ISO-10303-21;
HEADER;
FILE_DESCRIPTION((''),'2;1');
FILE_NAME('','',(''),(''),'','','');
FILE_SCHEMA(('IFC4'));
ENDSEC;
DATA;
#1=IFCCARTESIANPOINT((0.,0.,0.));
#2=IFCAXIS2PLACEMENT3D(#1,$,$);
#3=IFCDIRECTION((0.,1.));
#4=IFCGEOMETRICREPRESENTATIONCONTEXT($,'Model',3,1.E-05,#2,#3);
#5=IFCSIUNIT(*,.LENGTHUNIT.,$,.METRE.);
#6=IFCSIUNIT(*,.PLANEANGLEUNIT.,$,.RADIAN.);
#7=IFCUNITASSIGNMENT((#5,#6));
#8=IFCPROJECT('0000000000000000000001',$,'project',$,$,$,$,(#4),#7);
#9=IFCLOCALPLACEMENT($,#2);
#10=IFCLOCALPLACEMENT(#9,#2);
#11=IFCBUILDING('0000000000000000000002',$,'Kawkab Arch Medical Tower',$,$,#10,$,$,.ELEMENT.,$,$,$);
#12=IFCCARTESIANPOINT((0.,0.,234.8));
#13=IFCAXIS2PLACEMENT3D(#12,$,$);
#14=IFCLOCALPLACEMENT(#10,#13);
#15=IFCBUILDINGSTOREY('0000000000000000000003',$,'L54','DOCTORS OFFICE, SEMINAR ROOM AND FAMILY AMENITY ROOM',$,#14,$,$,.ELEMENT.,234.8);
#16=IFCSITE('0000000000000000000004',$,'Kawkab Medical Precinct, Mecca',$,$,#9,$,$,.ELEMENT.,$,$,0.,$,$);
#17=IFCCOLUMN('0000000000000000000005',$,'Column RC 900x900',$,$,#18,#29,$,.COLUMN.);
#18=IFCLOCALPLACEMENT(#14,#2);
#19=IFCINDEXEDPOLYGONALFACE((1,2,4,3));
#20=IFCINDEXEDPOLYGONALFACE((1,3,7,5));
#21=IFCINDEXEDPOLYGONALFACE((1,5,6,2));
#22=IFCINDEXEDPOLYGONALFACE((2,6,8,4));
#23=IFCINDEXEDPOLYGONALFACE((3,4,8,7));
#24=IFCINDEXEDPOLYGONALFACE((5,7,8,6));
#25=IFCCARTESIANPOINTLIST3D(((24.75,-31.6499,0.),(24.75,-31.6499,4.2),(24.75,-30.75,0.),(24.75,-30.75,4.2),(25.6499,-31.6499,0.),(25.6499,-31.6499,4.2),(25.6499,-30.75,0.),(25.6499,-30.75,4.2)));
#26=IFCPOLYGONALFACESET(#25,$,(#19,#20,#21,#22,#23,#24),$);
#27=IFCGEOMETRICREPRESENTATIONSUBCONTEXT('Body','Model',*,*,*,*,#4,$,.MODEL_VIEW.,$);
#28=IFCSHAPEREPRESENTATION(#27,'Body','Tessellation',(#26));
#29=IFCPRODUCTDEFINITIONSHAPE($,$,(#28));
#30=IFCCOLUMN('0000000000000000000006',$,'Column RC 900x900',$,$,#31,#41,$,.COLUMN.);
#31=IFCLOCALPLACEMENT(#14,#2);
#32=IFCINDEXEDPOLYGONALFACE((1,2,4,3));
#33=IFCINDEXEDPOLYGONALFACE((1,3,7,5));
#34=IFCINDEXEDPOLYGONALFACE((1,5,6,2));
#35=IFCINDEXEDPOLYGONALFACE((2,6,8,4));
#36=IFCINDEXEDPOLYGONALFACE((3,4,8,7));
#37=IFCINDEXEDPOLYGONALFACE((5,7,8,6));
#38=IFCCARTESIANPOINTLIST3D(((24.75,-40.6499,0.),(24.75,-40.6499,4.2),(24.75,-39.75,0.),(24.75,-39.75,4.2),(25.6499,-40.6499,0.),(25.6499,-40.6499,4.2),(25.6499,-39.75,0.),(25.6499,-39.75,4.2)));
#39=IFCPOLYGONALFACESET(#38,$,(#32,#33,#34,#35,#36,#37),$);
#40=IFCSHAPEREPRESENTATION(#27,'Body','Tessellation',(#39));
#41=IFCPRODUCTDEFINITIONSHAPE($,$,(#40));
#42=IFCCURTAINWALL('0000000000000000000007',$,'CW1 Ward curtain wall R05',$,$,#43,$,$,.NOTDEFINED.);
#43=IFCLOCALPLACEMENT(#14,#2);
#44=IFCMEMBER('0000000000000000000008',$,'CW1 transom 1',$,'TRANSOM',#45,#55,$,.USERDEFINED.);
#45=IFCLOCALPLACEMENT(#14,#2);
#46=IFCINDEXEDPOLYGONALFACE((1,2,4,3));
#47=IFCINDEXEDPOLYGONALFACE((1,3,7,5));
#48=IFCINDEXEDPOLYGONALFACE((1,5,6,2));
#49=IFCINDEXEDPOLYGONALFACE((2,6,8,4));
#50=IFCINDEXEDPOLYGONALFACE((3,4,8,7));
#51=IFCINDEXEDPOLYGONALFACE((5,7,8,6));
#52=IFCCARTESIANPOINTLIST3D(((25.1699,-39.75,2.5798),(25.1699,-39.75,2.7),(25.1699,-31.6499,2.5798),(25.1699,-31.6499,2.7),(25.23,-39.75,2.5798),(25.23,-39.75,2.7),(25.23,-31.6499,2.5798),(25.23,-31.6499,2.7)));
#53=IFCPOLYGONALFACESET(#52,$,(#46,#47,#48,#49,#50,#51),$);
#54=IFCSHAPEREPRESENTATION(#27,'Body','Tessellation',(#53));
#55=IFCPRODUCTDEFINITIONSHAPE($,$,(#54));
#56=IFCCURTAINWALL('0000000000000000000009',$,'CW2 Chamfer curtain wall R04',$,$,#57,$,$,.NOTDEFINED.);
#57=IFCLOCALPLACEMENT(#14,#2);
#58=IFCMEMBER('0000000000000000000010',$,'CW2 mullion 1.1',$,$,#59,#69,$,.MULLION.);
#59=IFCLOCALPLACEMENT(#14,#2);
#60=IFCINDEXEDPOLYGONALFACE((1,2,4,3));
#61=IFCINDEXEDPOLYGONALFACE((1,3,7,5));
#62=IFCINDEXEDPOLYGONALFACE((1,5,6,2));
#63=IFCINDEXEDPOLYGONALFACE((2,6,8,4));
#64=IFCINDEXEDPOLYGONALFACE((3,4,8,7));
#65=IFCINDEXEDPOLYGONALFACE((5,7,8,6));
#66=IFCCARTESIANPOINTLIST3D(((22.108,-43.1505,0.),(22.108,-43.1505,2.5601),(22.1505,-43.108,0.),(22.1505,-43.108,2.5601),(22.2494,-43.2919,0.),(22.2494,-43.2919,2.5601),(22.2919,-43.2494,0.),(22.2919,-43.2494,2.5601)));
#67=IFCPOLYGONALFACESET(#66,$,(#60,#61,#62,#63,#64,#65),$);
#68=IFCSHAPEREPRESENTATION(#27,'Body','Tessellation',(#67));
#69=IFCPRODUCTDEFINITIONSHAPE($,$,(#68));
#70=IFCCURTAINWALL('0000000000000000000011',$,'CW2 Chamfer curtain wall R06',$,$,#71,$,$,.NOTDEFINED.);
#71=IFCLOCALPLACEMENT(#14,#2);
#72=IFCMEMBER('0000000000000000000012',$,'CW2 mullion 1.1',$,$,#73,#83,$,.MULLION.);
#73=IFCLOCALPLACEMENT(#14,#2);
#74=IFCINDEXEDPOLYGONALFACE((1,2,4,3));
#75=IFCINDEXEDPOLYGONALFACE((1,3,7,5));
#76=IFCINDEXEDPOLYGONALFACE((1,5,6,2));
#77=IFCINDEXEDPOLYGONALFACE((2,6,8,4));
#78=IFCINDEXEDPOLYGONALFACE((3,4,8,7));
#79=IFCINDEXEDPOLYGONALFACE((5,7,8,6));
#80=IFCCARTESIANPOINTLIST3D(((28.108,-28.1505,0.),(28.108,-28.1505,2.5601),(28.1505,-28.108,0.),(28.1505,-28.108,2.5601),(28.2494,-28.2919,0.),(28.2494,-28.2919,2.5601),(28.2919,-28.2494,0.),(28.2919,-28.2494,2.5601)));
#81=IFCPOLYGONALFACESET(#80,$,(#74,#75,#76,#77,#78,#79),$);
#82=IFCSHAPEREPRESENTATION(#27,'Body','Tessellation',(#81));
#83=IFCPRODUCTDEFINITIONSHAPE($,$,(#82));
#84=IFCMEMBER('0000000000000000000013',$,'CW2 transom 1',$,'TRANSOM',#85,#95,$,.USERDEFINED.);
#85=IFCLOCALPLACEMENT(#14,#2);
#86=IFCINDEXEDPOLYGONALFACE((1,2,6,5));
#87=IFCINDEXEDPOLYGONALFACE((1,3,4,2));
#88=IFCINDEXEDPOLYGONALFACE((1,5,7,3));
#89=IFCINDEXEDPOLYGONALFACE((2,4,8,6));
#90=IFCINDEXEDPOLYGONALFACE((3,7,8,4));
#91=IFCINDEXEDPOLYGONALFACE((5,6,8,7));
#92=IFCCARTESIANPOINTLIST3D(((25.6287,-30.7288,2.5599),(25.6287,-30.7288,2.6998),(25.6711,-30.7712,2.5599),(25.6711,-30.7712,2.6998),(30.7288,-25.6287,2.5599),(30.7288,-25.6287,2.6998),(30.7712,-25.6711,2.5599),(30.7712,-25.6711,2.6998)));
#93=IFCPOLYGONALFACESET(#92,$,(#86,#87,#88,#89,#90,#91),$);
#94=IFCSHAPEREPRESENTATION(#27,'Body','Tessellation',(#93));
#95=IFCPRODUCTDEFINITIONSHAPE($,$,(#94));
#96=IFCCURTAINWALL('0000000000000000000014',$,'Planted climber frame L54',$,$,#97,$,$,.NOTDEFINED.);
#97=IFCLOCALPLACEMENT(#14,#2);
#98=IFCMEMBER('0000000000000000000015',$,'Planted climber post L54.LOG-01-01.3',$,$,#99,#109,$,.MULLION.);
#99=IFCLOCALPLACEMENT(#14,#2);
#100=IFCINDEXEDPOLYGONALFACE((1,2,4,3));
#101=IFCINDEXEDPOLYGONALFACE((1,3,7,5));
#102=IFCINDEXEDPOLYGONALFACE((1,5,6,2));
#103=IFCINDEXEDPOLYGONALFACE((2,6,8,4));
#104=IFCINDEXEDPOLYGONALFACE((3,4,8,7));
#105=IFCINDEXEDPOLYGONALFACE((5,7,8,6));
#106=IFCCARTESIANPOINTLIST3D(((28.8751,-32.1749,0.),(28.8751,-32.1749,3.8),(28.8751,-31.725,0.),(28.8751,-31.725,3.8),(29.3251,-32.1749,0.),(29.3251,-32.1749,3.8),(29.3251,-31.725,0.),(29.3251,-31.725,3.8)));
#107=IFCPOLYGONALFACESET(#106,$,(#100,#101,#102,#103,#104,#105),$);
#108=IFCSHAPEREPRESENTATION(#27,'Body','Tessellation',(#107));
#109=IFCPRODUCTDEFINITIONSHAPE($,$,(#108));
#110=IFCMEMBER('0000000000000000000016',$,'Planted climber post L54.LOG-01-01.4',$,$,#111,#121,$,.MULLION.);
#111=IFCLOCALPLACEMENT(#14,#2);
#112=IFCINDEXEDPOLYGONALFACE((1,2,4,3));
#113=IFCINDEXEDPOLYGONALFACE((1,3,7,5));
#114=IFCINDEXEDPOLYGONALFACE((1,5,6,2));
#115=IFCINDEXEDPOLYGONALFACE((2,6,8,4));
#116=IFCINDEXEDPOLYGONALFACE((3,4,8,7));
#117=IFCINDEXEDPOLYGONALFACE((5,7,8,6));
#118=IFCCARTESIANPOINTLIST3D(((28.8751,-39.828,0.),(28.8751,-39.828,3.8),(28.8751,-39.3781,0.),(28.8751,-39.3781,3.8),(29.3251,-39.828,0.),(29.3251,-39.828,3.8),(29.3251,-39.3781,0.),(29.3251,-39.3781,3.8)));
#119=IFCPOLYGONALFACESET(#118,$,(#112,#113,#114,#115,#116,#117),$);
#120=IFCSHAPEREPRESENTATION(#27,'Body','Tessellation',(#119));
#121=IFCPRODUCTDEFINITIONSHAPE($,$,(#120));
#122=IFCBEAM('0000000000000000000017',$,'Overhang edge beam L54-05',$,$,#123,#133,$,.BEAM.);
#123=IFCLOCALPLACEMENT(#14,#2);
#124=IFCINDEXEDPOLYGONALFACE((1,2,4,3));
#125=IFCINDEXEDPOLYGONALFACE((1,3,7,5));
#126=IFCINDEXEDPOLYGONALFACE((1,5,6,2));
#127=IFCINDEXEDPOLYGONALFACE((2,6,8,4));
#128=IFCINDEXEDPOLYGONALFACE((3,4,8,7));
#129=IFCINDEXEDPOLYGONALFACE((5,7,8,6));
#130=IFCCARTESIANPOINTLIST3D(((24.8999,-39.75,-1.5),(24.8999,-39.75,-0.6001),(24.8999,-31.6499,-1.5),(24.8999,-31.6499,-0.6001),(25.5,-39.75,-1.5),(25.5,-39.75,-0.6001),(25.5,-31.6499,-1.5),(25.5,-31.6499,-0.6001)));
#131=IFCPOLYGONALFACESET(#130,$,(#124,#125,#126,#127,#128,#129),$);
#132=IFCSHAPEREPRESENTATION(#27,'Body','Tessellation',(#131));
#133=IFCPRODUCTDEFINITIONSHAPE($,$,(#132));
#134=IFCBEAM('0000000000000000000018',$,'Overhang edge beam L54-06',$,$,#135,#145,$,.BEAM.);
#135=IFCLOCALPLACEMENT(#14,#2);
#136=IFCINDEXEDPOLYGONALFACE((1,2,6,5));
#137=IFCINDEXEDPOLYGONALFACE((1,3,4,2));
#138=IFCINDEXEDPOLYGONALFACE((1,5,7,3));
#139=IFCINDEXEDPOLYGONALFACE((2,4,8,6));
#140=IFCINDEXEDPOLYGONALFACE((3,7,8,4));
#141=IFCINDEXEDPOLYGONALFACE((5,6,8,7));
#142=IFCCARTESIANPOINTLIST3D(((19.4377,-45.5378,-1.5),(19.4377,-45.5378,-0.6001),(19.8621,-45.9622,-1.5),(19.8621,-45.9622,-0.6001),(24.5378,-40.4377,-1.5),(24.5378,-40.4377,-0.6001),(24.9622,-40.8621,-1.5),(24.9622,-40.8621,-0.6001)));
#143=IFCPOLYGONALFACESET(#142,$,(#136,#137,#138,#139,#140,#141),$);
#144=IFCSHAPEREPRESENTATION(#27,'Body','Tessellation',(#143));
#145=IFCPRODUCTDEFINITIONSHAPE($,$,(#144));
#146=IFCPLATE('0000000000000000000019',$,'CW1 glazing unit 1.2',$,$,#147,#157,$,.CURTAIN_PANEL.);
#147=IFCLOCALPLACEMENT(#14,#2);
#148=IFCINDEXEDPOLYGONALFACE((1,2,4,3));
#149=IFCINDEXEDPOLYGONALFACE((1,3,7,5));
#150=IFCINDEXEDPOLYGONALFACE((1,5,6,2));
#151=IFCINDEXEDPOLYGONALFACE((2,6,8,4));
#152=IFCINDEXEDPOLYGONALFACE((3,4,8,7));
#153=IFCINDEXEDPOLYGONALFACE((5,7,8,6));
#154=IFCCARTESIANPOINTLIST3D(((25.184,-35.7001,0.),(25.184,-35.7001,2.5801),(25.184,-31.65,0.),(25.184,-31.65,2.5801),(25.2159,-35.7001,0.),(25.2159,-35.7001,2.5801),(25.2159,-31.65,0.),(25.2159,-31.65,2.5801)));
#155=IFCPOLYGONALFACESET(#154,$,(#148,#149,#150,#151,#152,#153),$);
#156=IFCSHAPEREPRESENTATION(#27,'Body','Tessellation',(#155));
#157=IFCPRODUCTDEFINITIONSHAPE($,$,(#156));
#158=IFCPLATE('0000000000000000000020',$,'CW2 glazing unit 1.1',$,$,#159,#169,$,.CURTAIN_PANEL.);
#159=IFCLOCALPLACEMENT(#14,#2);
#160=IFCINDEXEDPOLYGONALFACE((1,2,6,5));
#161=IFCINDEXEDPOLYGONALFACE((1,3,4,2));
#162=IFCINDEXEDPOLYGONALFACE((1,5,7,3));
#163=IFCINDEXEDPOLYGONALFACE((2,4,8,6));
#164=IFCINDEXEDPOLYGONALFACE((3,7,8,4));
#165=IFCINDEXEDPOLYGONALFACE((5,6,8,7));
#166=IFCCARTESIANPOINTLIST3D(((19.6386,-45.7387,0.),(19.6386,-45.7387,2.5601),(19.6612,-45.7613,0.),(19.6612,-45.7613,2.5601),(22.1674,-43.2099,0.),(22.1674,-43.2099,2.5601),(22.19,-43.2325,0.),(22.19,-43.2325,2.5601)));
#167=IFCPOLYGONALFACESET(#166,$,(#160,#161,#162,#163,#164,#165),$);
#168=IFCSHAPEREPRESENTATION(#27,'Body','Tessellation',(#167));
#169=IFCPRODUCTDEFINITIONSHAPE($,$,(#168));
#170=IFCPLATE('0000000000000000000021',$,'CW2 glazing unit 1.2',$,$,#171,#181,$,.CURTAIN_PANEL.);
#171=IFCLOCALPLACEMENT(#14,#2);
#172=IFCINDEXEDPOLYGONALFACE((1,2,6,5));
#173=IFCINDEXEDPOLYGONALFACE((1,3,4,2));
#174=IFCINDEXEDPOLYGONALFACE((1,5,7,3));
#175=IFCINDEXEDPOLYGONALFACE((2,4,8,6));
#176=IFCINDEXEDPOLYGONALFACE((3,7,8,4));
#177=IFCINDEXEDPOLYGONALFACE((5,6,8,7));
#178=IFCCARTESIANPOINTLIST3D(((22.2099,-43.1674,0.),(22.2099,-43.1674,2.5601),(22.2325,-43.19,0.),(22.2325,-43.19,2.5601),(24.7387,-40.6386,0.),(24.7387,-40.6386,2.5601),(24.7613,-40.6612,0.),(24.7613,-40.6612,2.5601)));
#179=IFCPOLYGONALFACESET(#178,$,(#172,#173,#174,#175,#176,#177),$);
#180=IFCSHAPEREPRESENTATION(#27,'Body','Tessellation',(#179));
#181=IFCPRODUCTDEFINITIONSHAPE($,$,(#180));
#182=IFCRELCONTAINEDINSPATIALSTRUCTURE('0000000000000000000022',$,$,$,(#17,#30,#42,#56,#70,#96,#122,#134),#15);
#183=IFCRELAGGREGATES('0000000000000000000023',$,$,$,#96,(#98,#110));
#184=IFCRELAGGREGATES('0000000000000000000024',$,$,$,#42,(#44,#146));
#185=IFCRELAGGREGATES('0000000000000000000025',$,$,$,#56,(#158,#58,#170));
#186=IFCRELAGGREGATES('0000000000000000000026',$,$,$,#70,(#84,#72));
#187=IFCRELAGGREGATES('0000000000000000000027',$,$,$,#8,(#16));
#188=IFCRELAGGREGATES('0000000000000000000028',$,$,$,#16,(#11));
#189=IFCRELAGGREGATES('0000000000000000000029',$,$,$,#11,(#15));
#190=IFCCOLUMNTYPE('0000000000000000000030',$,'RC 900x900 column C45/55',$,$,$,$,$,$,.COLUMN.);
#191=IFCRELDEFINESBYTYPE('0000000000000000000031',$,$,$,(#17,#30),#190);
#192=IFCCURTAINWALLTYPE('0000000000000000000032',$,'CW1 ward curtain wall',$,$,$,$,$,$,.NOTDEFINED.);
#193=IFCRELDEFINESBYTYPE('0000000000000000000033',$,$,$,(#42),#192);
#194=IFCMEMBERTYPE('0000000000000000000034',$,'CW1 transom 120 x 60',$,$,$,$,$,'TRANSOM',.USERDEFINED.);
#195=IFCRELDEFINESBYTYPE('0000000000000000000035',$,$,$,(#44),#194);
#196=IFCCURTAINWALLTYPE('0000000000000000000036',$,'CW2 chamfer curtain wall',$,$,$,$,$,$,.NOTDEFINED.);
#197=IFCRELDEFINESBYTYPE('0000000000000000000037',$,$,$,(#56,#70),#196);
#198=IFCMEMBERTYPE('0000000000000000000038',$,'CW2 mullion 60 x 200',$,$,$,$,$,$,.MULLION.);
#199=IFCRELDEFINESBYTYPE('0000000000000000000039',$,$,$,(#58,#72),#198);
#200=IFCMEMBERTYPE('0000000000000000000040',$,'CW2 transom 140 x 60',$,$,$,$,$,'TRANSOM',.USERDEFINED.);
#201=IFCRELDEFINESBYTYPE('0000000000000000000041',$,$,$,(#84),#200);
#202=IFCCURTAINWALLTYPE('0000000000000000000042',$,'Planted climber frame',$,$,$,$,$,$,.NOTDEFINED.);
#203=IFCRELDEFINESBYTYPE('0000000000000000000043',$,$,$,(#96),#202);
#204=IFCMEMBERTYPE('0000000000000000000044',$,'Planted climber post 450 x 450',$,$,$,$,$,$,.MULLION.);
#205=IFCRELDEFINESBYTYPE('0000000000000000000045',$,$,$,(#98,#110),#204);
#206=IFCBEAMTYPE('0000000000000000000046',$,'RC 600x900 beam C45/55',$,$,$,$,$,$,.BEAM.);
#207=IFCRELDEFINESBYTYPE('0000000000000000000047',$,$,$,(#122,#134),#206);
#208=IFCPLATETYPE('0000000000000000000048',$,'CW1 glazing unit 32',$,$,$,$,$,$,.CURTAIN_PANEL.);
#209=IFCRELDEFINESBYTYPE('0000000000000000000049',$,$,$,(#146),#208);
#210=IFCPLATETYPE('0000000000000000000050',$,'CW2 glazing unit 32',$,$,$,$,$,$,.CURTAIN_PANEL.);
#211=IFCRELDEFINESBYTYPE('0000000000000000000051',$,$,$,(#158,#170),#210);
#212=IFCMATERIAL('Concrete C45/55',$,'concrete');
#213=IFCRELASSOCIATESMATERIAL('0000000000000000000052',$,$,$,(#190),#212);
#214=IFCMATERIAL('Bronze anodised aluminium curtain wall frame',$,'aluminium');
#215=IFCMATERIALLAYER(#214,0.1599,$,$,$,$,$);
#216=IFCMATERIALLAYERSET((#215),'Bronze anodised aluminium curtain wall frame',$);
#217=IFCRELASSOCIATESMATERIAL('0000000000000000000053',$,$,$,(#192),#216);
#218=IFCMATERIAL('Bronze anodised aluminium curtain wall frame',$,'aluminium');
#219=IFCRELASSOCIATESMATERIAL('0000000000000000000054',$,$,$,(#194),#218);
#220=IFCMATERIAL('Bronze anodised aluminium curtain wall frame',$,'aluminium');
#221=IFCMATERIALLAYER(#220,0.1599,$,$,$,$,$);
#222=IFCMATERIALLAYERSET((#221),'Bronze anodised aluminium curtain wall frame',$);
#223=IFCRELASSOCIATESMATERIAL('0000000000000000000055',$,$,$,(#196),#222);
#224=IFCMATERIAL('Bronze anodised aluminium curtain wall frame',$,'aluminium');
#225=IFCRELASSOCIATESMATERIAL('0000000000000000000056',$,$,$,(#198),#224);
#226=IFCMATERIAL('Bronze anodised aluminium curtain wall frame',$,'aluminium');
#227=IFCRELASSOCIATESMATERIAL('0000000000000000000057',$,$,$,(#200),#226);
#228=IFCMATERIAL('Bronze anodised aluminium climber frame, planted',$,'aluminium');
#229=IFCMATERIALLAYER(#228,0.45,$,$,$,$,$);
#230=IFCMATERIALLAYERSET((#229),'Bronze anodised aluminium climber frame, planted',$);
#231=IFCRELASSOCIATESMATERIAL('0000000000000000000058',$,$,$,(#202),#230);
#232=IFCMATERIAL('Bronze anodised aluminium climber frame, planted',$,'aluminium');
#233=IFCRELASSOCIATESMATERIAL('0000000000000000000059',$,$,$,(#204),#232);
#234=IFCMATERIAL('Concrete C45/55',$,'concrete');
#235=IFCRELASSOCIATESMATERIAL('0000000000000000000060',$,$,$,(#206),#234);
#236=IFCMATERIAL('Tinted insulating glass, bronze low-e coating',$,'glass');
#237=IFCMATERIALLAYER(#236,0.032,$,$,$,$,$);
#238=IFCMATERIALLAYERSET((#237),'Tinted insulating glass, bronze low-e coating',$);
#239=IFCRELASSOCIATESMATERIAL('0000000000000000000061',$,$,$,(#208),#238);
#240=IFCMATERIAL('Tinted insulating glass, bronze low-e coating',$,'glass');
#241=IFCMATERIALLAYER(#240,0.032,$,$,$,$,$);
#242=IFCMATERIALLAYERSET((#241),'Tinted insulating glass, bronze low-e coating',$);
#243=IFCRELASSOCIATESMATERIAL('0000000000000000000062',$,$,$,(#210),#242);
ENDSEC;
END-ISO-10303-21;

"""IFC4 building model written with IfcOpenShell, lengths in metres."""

from ifc_helpers import new_model, si_unit, direction, frame, origin, origin_2d, place, context, subcontext, project, spatial, rectangle, extrude, material, layer, layer_set, material_profile, profile_set, type_object, element, aggregate, save


model = new_model("IFC4")

# Units and contexts
model_context = context("Model", 3, precision=1e-05, world=origin(), true_north=direction((0.0, 1.0)))
body_context = subcontext(model_context, "Body", "Model", "MODEL_VIEW")
ifc_project = project(units=[si_unit("LENGTHUNIT", "METRE"), si_unit("PLANEANGLEUNIT", "RADIAN")], contexts=[model_context])

# Site, building, storey
site_placement = place(None, origin())
site = spatial("IfcSite", under=ifc_project, at=site_placement, Name="Kawkab Medical Precinct, Mecca", CompositionType="ELEMENT", RefElevation=0.0)
building_placement = place(site_placement, origin())
building = spatial("IfcBuilding", under=site, at=building_placement, Name="Kawkab Arch Medical Tower", CompositionType="ELEMENT")
storey_placement = place(building_placement, frame((0.0, 0.0, 234.8)))
storey = spatial("IfcBuildingStorey", under=building, at=storey_placement, Name="L54", Description="DOCTORS OFFICE, SEMINAR ROOM AND FAMILY AMENITY ROOM", CompositionType="ELEMENT", Elevation=234.8)

# Columns
ifc_material_1 = material(Name="Concrete C45/55", Category="concrete")
ifc_material_profile_1 = material_profile(ifc_material_1, rectangle(XDim=0.8999, YDim=0.8999, at=origin_2d()), Name="RC 900x900")
ifc_profile_set_1 = profile_set([ifc_material_profile_1], Name="Concrete C45/55")
column_type = type_object("IfcColumnType", Name="RC 900x900 column C45/55", PredefinedType="COLUMN", material=ifc_profile_set_1)
for number, where, z_axis, x_axis, name in (
    (1, (25.2, -31.2, 0.0), (0.0, 0.0, 1.0), (1.0, 0.0, 0.0), "Column RC 900x900"),
    (2, (25.2, -40.2, 0.0), (0.0, 0.0, 1.0), (1.0, 0.0, 0.0), "Column RC 900x900"),
):
    element("IfcColumn", number, at=place(storey_placement, frame(where, z_axis=z_axis, x_axis=x_axis)), inside=storey, type_object=column_type, Name=name, PredefinedType="COLUMN", context=body_context, shape_type="SweptSolid", body=[
        extrude(rectangle(XDim=0.8999, YDim=0.8999, at=origin_2d()), origin(), (0.0, 0.0, 1.0), 4.2),
    ])

# Curtain walls, members
ifc_material_2 = material(Name="Bronze anodised aluminium curtain wall frame", Category="aluminium")
ifc_layer_1 = layer(ifc_material_2, 0.1599)
ifc_layer_set_1 = layer_set([ifc_layer_1], Name="Bronze anodised aluminium curtain wall frame")
curtain_wall_type_1 = type_object("IfcCurtainWallType", Name="CW1 ward curtain wall", PredefinedType="NOTDEFINED", material=ifc_layer_set_1)
placement = place(storey_placement, origin())
curtain_wall_1 = element("IfcCurtainWall", 3, at=placement, inside=storey, type_object=curtain_wall_type_1, Name="CW1 Ward curtain wall R05", PredefinedType="NOTDEFINED")
ifc_material_3 = material(Name="Bronze anodised aluminium curtain wall frame", Category="aluminium")
ifc_material_profile_2 = material_profile(ifc_material_3, rectangle(XDim=0.0601, YDim=0.1201, at=origin_2d()), Name="AL 60x120")
ifc_profile_set_2 = profile_set([ifc_material_profile_2], Name="Bronze anodised aluminium curtain wall frame")
member_type_1 = type_object("IfcMemberType", Name="CW1 transom 120 x 60", ElementType="TRANSOM", PredefinedType="USERDEFINED", material=ifc_profile_set_2)
member_1_placement = place(storey_placement, frame((25.2, -39.75, 2.6399), z_axis=(0.0, 1.0, 0.0), x_axis=(-1.0, 0.0, 0.0)))
member_1 = element("IfcMember", 4, at=member_1_placement, type_object=member_type_1, Name="CW1 transom 1", ObjectType="TRANSOM", PredefinedType="USERDEFINED", context=body_context, shape_type="SweptSolid", body=[
    extrude(rectangle(XDim=0.0601, YDim=0.1201, at=origin_2d()), origin(), (0.0, 0.0, 1.0), 8.1001),
])
ifc_material_4 = material(Name="Bronze anodised aluminium curtain wall frame", Category="aluminium")
ifc_layer_2 = layer(ifc_material_4, 0.1599)
ifc_layer_set_2 = layer_set([ifc_layer_2], Name="Bronze anodised aluminium curtain wall frame")
curtain_wall_type_2 = type_object("IfcCurtainWallType", Name="CW2 chamfer curtain wall", PredefinedType="NOTDEFINED", material=ifc_layer_set_2)
curtain_wall_2 = element("IfcCurtainWall", 5, at=placement, inside=storey, type_object=curtain_wall_type_2, Name="CW2 Chamfer curtain wall R04", PredefinedType="NOTDEFINED")
ifc_material_5 = material(Name="Bronze anodised aluminium curtain wall frame", Category="aluminium")
ifc_material_profile_3 = material_profile(ifc_material_5, rectangle(XDim=0.2, YDim=0.0601, at=origin_2d()), Name="AL 60x200")
ifc_profile_set_3 = profile_set([ifc_material_profile_3], Name="Bronze anodised aluminium curtain wall frame")
member_type_2 = type_object("IfcMemberType", Name="CW2 mullion 60 x 200", PredefinedType="MULLION", material=ifc_profile_set_3)
member_2_placement = place(storey_placement, frame((22.2, -43.2, 0.0), z_axis=(0.0, 0.0, 1.0), x_axis=(-0.707107, 0.707107, 0.0)))
member_2 = element("IfcMember", 6, at=member_2_placement, type_object=member_type_2, Name="CW2 mullion 1.1", PredefinedType="MULLION", context=body_context, shape_type="SweptSolid", body=[
    extrude(rectangle(XDim=0.2, YDim=0.0601, at=origin_2d()), origin(), (0.0, 0.0, 1.0), 2.5601),
])

# Curtain walls, members
curtain_wall_3 = element("IfcCurtainWall", 7, at=placement, inside=storey, type_object=curtain_wall_type_2, Name="CW2 Chamfer curtain wall R06", PredefinedType="NOTDEFINED")
member_3_placement = place(storey_placement, frame((28.2, -28.2, 0.0), z_axis=(0.0, 0.0, 1.0), x_axis=(-0.707107, 0.707107, 0.0)))
member_3 = element("IfcMember", 8, at=member_3_placement, type_object=member_type_2, Name="CW2 mullion 1.1", PredefinedType="MULLION", context=body_context, shape_type="SweptSolid", body=[
    extrude(rectangle(XDim=0.2, YDim=0.0601, at=origin_2d()), origin(), (0.0, 0.0, 1.0), 2.5601),
])
ifc_material_6 = material(Name="Bronze anodised aluminium curtain wall frame", Category="aluminium")
ifc_material_profile_4 = material_profile(ifc_material_6, rectangle(XDim=0.0601, YDim=0.1399, at=origin_2d()), Name="AL 60x140")
ifc_profile_set_4 = profile_set([ifc_material_profile_4], Name="Bronze anodised aluminium curtain wall frame")
member_type_3 = type_object("IfcMemberType", Name="CW2 transom 140 x 60", ElementType="TRANSOM", PredefinedType="USERDEFINED", material=ifc_profile_set_4)
member_4_placement = place(storey_placement, frame((25.6499, -30.75, 2.6299), z_axis=(0.707107, 0.707107, 0.0), x_axis=(-0.707107, 0.707107, 0.0)))
member_4 = element("IfcMember", 9, at=member_4_placement, type_object=member_type_3, Name="CW2 transom 1", ObjectType="TRANSOM", PredefinedType="USERDEFINED", context=body_context, shape_type="SweptSolid", body=[
    extrude(rectangle(XDim=0.0601, YDim=0.1399, at=origin_2d()), origin(), (0.0, 0.0, 1.0), 7.2126),
])
ifc_material_7 = material(Name="Bronze anodised aluminium climber frame, planted", Category="aluminium")
ifc_layer_3 = layer(ifc_material_7, 0.45)
ifc_layer_set_3 = layer_set([ifc_layer_3], Name="Bronze anodised aluminium climber frame, planted")
curtain_wall_type_3 = type_object("IfcCurtainWallType", Name="Planted climber frame", PredefinedType="NOTDEFINED", material=ifc_layer_set_3)
curtain_wall_4 = element("IfcCurtainWall", 10, at=placement, inside=storey, type_object=curtain_wall_type_3, Name="Planted climber frame L54", PredefinedType="NOTDEFINED")
ifc_material_8 = material(Name="Bronze anodised aluminium climber frame, planted", Category="aluminium")
ifc_material_profile_5 = material_profile(ifc_material_8, rectangle(XDim=0.45, YDim=0.45, at=origin_2d()), Name="Post 450x450")
ifc_profile_set_5 = profile_set([ifc_material_profile_5], Name="Bronze anodised aluminium climber frame, planted")
member_type_4 = type_object("IfcMemberType", Name="Planted climber post 450 x 450", PredefinedType="MULLION", material=ifc_profile_set_5)
member_5_placement = place(storey_placement, frame((29.1001, -31.95, 0.0), z_axis=(0.0, 0.0, 1.0), x_axis=(1.0, 0.0, 0.0)))
member_5 = element("IfcMember", 11, at=member_5_placement, type_object=member_type_4, Name="Planted climber post L54.LOG-01-01.3", PredefinedType="MULLION", context=body_context, shape_type="SweptSolid", body=[
    extrude(rectangle(XDim=0.45, YDim=0.45, at=origin_2d()), origin(), (0.0, 0.0, 1.0), 3.8),
])
member_6_placement = place(storey_placement, frame((29.1001, -39.603, 0.0), z_axis=(0.0, 0.0, 1.0), x_axis=(1.0, 0.0, 0.0)))
member_6 = element("IfcMember", 12, at=member_6_placement, type_object=member_type_4, Name="Planted climber post L54.LOG-01-01.4", PredefinedType="MULLION", context=body_context, shape_type="SweptSolid", body=[
    extrude(rectangle(XDim=0.45, YDim=0.45, at=origin_2d()), origin(), (0.0, 0.0, 1.0), 3.8),
])
aggregate(curtain_wall_4, [member_5, member_6])

# Beams
ifc_material_9 = material(Name="Concrete C45/55", Category="concrete")
ifc_material_profile_6 = material_profile(ifc_material_9, rectangle(XDim=0.6001, YDim=0.8999, at=origin_2d()), Name="RC 600x900")
ifc_profile_set_6 = profile_set([ifc_material_profile_6], Name="Concrete C45/55")
beam_type = type_object("IfcBeamType", Name="RC 600x900 beam C45/55", PredefinedType="BEAM", material=ifc_profile_set_6)
beam_1_placement = place(storey_placement, frame((25.2, -31.6499, -1.05), z_axis=(0.0, -1.0, 0.0), x_axis=(1.0, 0.0, 0.0)))
element("IfcBeam", 13, at=beam_1_placement, inside=storey, type_object=beam_type, Name="Overhang edge beam L54-05", PredefinedType="BEAM", context=body_context, shape_type="SweptSolid", body=[
    extrude(rectangle(XDim=0.6001, YDim=0.8999, at=origin_2d()), origin(), (0.0, 0.0, 1.0), 8.1001),
])
beam_2_placement = place(storey_placement, frame((24.75, -40.6499, -1.05), z_axis=(-0.707107, -0.707107, 0.0), x_axis=(0.707107, -0.707107, 0.0)))
element("IfcBeam", 14, at=beam_2_placement, inside=storey, type_object=beam_type, Name="Overhang edge beam L54-06", PredefinedType="BEAM", context=body_context, shape_type="SweptSolid", body=[
    extrude(rectangle(XDim=0.6001, YDim=0.8999, at=origin_2d()), origin(), (0.0, 0.0, 1.0), 7.2126),
])

# Plates
ifc_material_10 = material(Name="Tinted insulating glass, bronze low-e coating", Category="glass")
ifc_layer_4 = layer(ifc_material_10, 0.032)
ifc_layer_set_4 = layer_set([ifc_layer_4], Name="Tinted insulating glass, bronze low-e coating")
plate_type_1 = type_object("IfcPlateType", Name="CW1 glazing unit 32", PredefinedType="CURTAIN_PANEL", material=ifc_layer_set_4)
plate_1_placement = place(storey_placement, frame((25.2, -33.675, 0.0), z_axis=(0.0, 0.0, 1.0), x_axis=(0.0, 1.0, 0.0)))
plate_1 = element("IfcPlate", 15, at=plate_1_placement, type_object=plate_type_1, Name="CW1 glazing unit 1.2", PredefinedType="CURTAIN_PANEL", context=body_context, shape_type="SweptSolid", body=[
    extrude(rectangle(XDim=4.05, YDim=0.032, at=origin_2d()), origin(), (0.0, 0.0, 1.0), 2.5801),
])
aggregate(curtain_wall_1, [member_1, plate_1])
ifc_material_11 = material(Name="Tinted insulating glass, bronze low-e coating", Category="glass")
ifc_layer_5 = layer(ifc_material_11, 0.032)
ifc_layer_set_5 = layer_set([ifc_layer_5], Name="Tinted insulating glass, bronze low-e coating")
plate_type_2 = type_object("IfcPlateType", Name="CW2 glazing unit 32", PredefinedType="CURTAIN_PANEL", material=ifc_layer_set_5)
plate_2_placement = place(storey_placement, frame((20.9143, -44.4856, 0.0), z_axis=(0.0, 0.0, 1.0), x_axis=(0.707107, 0.707107, 0.0)))
plate_2 = element("IfcPlate", 16, at=plate_2_placement, type_object=plate_type_2, Name="CW2 glazing unit 1.1", PredefinedType="CURTAIN_PANEL", context=body_context, shape_type="SweptSolid", body=[
    extrude(rectangle(XDim=3.5762, YDim=0.032, at=origin_2d()), origin(), (0.0, 0.0, 1.0), 2.5601),
])
plate_3_placement = place(storey_placement, frame((23.4856, -41.9143, 0.0), z_axis=(0.0, 0.0, 1.0), x_axis=(0.707107, 0.707107, 0.0)))
plate_3 = element("IfcPlate", 17, at=plate_3_placement, type_object=plate_type_2, Name="CW2 glazing unit 1.2", PredefinedType="CURTAIN_PANEL", context=body_context, shape_type="SweptSolid", body=[
    extrude(rectangle(XDim=3.5762, YDim=0.032, at=origin_2d()), origin(), (0.0, 0.0, 1.0), 2.5601),
])
aggregate(curtain_wall_2, [plate_2, member_2, plate_3])
aggregate(curtain_wall_3, [member_4, member_3])

save(model, "model.ifc")
